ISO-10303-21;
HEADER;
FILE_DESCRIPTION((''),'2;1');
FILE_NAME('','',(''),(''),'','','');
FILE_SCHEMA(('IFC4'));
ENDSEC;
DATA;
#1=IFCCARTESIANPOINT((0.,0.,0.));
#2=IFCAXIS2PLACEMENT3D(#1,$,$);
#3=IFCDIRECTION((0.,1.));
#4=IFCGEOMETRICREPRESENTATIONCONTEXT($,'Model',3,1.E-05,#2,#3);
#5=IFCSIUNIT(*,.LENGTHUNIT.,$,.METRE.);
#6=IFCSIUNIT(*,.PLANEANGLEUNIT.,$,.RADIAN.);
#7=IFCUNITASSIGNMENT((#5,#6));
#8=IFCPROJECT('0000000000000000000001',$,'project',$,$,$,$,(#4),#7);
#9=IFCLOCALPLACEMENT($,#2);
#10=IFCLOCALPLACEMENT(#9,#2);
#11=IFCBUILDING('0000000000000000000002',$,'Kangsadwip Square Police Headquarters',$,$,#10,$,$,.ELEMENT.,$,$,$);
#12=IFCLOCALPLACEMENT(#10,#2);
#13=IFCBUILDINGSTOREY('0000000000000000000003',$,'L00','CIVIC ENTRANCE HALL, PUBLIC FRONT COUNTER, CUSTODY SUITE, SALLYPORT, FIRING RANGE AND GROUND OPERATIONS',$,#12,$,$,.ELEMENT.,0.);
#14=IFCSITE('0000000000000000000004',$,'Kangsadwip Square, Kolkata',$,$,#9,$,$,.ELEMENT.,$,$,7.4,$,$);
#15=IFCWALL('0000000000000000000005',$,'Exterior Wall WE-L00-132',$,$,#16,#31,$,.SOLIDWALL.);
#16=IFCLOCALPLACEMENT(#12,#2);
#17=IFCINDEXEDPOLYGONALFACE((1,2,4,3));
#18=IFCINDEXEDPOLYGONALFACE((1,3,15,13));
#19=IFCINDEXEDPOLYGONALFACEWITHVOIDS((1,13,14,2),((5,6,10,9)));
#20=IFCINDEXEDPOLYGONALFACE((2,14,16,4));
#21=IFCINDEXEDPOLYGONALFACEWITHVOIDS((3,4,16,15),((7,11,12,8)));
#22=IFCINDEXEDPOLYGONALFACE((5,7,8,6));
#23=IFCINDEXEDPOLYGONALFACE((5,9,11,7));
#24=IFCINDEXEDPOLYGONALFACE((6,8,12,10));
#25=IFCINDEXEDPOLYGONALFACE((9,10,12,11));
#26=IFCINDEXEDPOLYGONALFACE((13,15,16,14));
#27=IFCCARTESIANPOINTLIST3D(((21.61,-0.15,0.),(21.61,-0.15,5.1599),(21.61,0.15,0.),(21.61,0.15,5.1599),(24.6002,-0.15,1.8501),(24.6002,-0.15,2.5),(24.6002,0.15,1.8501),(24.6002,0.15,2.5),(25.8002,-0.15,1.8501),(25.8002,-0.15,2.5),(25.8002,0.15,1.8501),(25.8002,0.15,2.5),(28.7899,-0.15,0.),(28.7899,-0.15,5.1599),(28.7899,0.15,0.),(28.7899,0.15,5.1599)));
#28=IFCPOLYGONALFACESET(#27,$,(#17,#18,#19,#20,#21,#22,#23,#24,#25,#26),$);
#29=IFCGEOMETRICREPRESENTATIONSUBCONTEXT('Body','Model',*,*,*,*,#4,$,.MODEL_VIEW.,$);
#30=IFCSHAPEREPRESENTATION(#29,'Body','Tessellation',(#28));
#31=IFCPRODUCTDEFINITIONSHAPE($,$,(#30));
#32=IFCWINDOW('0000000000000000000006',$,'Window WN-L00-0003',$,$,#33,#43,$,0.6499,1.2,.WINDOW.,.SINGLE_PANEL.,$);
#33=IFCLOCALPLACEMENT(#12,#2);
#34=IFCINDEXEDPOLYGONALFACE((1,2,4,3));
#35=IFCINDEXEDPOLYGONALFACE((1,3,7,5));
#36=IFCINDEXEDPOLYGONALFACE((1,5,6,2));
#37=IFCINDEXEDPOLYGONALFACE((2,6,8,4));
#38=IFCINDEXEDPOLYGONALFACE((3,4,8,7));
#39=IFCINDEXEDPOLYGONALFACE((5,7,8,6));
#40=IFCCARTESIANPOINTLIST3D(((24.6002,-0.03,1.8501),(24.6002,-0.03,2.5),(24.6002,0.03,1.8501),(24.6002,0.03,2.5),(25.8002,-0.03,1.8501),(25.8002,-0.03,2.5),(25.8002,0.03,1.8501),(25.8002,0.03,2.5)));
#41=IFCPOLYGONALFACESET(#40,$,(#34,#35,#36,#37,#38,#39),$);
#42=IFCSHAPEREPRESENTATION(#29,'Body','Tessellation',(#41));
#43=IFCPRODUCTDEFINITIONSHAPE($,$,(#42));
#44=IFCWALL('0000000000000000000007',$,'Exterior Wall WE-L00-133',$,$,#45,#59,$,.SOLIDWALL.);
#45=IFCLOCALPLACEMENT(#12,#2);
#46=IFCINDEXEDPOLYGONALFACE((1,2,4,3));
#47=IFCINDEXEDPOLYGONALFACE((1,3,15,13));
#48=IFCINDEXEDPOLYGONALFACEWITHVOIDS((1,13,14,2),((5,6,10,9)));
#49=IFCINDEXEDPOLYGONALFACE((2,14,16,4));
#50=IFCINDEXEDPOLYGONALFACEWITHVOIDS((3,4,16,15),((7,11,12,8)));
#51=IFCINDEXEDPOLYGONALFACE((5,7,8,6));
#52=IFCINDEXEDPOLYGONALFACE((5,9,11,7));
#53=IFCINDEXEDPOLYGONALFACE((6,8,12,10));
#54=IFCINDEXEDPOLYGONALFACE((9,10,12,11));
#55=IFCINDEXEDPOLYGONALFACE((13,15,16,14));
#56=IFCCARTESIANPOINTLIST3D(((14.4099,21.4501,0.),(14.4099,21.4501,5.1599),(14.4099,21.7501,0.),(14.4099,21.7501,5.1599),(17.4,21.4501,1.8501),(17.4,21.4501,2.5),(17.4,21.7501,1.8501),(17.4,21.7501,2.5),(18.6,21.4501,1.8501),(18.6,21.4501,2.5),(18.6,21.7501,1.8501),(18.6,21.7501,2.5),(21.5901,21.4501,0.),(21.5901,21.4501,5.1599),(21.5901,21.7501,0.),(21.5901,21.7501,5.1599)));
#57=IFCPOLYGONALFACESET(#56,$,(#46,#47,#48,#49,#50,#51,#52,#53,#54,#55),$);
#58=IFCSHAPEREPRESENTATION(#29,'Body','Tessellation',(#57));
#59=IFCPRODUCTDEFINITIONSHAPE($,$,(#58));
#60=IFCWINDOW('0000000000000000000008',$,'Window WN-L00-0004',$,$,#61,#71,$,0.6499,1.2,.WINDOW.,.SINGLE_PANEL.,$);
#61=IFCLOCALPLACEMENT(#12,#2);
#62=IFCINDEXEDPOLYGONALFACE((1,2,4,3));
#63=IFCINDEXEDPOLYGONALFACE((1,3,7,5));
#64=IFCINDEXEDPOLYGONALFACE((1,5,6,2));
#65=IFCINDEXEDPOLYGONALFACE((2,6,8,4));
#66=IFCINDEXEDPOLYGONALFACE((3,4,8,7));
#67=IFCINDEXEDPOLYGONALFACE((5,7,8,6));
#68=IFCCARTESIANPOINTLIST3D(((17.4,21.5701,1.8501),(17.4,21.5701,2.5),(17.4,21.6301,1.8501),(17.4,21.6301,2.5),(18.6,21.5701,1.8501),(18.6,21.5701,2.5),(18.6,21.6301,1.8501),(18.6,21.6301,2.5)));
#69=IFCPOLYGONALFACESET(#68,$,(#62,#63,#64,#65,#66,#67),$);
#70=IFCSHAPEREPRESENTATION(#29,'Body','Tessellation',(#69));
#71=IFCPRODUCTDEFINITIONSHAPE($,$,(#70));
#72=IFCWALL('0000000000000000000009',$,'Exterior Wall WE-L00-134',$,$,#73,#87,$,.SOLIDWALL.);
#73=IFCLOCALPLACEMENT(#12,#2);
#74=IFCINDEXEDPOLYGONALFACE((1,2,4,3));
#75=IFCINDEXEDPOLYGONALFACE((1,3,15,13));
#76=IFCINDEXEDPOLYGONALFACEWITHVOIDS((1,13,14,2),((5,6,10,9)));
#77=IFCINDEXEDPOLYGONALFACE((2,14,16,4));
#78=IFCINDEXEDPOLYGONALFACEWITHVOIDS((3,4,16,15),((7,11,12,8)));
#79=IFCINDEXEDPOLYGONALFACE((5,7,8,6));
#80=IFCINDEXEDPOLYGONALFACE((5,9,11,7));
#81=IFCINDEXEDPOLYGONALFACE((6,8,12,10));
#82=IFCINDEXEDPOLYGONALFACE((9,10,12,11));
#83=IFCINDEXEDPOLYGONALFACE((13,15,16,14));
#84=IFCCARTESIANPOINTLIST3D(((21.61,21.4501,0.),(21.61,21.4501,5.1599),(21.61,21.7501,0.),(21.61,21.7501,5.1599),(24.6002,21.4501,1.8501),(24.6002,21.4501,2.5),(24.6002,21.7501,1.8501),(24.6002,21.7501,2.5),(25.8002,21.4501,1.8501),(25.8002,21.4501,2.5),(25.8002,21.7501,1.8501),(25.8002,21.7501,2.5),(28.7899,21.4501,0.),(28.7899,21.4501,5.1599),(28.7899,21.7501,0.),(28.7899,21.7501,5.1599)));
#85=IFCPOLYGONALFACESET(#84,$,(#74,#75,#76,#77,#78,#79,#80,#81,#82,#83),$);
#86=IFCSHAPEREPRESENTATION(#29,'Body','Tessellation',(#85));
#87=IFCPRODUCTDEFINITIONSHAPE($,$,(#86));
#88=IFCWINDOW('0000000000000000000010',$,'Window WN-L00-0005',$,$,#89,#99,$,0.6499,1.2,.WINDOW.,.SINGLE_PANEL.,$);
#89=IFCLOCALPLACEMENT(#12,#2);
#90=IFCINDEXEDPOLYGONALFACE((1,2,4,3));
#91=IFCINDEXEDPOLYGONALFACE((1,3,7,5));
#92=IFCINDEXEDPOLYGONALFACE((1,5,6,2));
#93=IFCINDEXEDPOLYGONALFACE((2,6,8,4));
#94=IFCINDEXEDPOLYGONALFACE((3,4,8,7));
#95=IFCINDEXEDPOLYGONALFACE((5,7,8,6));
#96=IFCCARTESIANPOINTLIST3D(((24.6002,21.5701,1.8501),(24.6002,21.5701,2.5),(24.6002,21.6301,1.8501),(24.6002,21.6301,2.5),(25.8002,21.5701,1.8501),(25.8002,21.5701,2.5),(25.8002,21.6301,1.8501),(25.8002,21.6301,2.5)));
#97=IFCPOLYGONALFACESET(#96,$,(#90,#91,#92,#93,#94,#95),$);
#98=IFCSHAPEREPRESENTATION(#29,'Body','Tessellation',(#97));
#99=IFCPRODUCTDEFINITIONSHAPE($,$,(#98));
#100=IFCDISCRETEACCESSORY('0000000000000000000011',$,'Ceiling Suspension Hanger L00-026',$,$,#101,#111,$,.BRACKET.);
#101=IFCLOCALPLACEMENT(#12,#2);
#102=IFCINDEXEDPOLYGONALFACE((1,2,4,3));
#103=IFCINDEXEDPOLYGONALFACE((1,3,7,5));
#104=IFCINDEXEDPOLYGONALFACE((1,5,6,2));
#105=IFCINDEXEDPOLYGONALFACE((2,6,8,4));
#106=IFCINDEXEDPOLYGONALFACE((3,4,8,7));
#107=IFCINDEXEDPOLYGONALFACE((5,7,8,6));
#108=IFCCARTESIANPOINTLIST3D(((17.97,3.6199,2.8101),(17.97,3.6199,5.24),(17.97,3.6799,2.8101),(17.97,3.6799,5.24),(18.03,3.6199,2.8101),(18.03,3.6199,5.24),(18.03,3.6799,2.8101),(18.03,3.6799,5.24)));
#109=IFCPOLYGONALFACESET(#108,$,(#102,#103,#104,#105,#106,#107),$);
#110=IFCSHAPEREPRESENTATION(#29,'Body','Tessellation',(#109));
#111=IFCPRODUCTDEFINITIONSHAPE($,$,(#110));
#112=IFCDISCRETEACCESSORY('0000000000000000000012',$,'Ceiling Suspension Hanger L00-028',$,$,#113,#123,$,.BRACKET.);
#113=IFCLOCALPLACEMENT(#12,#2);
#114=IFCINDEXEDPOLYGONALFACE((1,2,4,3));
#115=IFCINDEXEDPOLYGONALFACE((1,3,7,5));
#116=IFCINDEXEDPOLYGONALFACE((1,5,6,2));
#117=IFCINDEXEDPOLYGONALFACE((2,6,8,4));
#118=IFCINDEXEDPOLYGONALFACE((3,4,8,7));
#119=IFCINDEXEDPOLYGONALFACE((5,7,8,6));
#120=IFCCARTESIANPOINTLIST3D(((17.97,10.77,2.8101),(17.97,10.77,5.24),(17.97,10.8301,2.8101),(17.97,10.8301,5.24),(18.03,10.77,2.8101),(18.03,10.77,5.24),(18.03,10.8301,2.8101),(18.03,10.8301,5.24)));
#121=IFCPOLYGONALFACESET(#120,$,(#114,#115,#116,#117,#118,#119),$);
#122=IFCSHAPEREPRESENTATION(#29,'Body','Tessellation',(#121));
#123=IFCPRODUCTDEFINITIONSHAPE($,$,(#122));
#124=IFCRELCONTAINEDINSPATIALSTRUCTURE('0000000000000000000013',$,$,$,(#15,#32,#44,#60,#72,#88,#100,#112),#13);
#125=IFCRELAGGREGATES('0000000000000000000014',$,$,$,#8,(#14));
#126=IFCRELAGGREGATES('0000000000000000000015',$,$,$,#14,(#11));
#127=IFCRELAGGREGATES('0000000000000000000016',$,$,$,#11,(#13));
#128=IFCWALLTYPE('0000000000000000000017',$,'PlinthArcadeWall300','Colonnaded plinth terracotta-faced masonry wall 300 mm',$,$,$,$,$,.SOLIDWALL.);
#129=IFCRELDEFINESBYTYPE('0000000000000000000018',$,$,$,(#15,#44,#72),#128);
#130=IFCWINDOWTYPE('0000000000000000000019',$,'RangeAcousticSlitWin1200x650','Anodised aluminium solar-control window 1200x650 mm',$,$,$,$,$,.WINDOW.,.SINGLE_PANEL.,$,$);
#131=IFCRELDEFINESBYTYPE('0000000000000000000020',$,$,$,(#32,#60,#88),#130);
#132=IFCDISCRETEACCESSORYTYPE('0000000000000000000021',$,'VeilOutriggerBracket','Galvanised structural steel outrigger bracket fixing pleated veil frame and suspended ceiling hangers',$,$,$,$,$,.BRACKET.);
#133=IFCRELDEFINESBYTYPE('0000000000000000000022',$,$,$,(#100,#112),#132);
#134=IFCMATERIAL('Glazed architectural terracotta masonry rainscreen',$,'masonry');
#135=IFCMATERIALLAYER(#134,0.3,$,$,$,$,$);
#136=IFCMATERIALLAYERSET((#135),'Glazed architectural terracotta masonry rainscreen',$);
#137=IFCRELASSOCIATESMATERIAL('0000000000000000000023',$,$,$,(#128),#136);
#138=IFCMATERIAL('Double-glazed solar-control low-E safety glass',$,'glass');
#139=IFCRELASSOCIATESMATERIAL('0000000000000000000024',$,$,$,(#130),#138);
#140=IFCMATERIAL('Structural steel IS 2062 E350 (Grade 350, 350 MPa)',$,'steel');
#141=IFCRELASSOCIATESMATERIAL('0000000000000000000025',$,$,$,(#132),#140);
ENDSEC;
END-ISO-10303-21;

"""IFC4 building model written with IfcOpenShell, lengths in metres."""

from ifc_helpers import new_model, si_unit, direction, frame, frame_2d, origin, origin_2d, place, context, subcontext, project, spatial, rectangle, extrude, material, layer, layer_set, type_object, element, fill, save


model = new_model("IFC4")

# Units and contexts
model_context = context("Model", 3, precision=1e-05, world=origin(), true_north=direction((0.0, 1.0)))
body_context = subcontext(model_context, "Body", "Model", "MODEL_VIEW")
ifc_project = project(units=[si_unit("LENGTHUNIT", "METRE"), si_unit("PLANEANGLEUNIT", "RADIAN")], contexts=[model_context])

# Site, building, storey
site_placement = place(None, origin())
site = spatial("IfcSite", under=ifc_project, at=site_placement, Name="Kangsadwip Square, Kolkata", CompositionType="ELEMENT", RefElevation=7.4)
building_placement = place(site_placement, origin())
building = spatial("IfcBuilding", under=site, at=building_placement, Name="Kangsadwip Square Police Headquarters", CompositionType="ELEMENT")
storey_placement = place(building_placement, origin())
storey = spatial("IfcBuildingStorey", under=building, at=storey_placement, Name="L00", Description="CIVIC ENTRANCE HALL, PUBLIC FRONT COUNTER, CUSTODY SUITE, SALLYPORT, FIRING RANGE AND GROUND OPERATIONS", CompositionType="ELEMENT", Elevation=0.0)

# Walls, openings, windows
ifc_material_1 = material(Name="Glazed architectural terracotta masonry rainscreen", Category="masonry")
ifc_layer = layer(ifc_material_1, 0.3)
ifc_layer_set = layer_set([ifc_layer], Name="Glazed architectural terracotta masonry rainscreen")
wall_type = type_object("IfcWallType", Name="PlinthArcadeWall300", Description="Colonnaded plinth terracotta-faced masonry wall 300 mm", PredefinedType="SOLIDWALL", material=ifc_layer_set)
ifc_material_2 = material(Name="Double-glazed solar-control low-E safety glass", Category="glass")
window_type = type_object("IfcWindowType", Name="RangeAcousticSlitWin1200x650", Description="Anodised aluminium solar-control window 1200x650 mm", PartitioningType="SINGLE_PANEL", PredefinedType="WINDOW", material=ifc_material_2)
wall_1_placement = place(storey_placement, frame((21.6101, 0.0, 0.0), z_axis=(0.0, 0.0, 1.0), x_axis=(1.0, 0.0, 0.0)))
wall_1 = element("IfcWall", 1, at=wall_1_placement, inside=storey, type_object=wall_type, Name="Exterior Wall WE-L00-132", PredefinedType="SOLIDWALL", context=body_context, shape_type="SweptSolid", body=[
    extrude(rectangle(XDim=7.1799, YDim=0.3, at=frame_2d((3.5898, 0.0))), origin(), (0.0, 0.0, 1.0), 5.1599),
])
opening_1_placement = place(wall_1_placement, frame((2.99, 0.0, 1.8501)))
opening_1 = element("IfcOpeningElement", 2, at=opening_1_placement, cuts=wall_1, PredefinedType="OPENING", context=body_context, shape_type="SweptSolid", body=[
    extrude(rectangle(XDim=1.2, YDim=0.6499, at=frame_2d((0.6001, 0.325))), frame((0.0, 0.1599, 0.0), z_axis=(0.0, -1.0, 0.0), x_axis=(1.0, 0.0, 0.0)), (0.0, 0.0, 1.0), 0.3201),
])
window_1_placement = place(opening_1_placement, origin())
window_1 = element("IfcWindow", 3, at=window_1_placement, inside=storey, type_object=window_type, Name="Window WN-L00-0003", OverallHeight=0.6499, OverallWidth=1.2, PartitioningType="SINGLE_PANEL", PredefinedType="WINDOW", context=body_context, shape_type="SweptSolid", body=[
    extrude(rectangle(XDim=1.2, YDim=0.6499, at=frame_2d((0.6001, 0.325))), frame((0.0, 0.03, 0.0), z_axis=(0.0, -1.0, 0.0), x_axis=(1.0, 0.0, 0.0)), (0.0, 0.0, 1.0), 0.0601),
])
fill(opening_1, window_1)
wall_2_placement = place(storey_placement, frame((14.4099, 21.6001, 0.0), z_axis=(0.0, 0.0, 1.0), x_axis=(1.0, 0.0, 0.0)))
wall_2 = element("IfcWall", 4, at=wall_2_placement, inside=storey, type_object=wall_type, Name="Exterior Wall WE-L00-133", PredefinedType="SOLIDWALL", context=body_context, shape_type="SweptSolid", body=[
    extrude(rectangle(XDim=7.1802, YDim=0.3, at=frame_2d((3.5901, 0.0))), origin(), (0.0, 0.0, 1.0), 5.1599),
])
opening_2_placement = place(wall_2_placement, frame((2.99, 0.0, 1.8501)))
opening_2 = element("IfcOpeningElement", 5, at=opening_2_placement, cuts=wall_2, PredefinedType="OPENING", context=body_context, shape_type="SweptSolid", body=[
    extrude(rectangle(XDim=1.2, YDim=0.6499, at=frame_2d((0.6001, 0.325))), frame((0.0, 0.1599, 0.0), z_axis=(0.0, -1.0, 0.0), x_axis=(1.0, 0.0, 0.0)), (0.0, 0.0, 1.0), 0.3201),
])
window_2_placement = place(opening_2_placement, origin())
window_2 = element("IfcWindow", 6, at=window_2_placement, inside=storey, type_object=window_type, Name="Window WN-L00-0004", OverallHeight=0.6499, OverallWidth=1.2, PartitioningType="SINGLE_PANEL", PredefinedType="WINDOW", context=body_context, shape_type="SweptSolid", body=[
    extrude(rectangle(XDim=1.2, YDim=0.6499, at=frame_2d((0.6001, 0.325))), frame((0.0, 0.03, 0.0), z_axis=(0.0, -1.0, 0.0), x_axis=(1.0, 0.0, 0.0)), (0.0, 0.0, 1.0), 0.0601),
])
fill(opening_2, window_2)
wall_3_placement = place(storey_placement, frame((21.6101, 21.6001, 0.0), z_axis=(0.0, 0.0, 1.0), x_axis=(1.0, 0.0, 0.0)))
wall_3 = element("IfcWall", 7, at=wall_3_placement, inside=storey, type_object=wall_type, Name="Exterior Wall WE-L00-134", PredefinedType="SOLIDWALL", context=body_context, shape_type="SweptSolid", body=[
    extrude(rectangle(XDim=7.1799, YDim=0.3, at=frame_2d((3.5898, 0.0))), origin(), (0.0, 0.0, 1.0), 5.1599),
])
opening_3_placement = place(wall_3_placement, frame((2.99, 0.0, 1.8501)))
opening_3 = element("IfcOpeningElement", 8, at=opening_3_placement, cuts=wall_3, PredefinedType="OPENING", context=body_context, shape_type="SweptSolid", body=[
    extrude(rectangle(XDim=1.2, YDim=0.6499, at=frame_2d((0.6001, 0.325))), frame((0.0, 0.1599, 0.0), z_axis=(0.0, -1.0, 0.0), x_axis=(1.0, 0.0, 0.0)), (0.0, 0.0, 1.0), 0.3201),
])
window_3_placement = place(opening_3_placement, origin())
window_3 = element("IfcWindow", 9, at=window_3_placement, inside=storey, type_object=window_type, Name="Window WN-L00-0005", OverallHeight=0.6499, OverallWidth=1.2, PartitioningType="SINGLE_PANEL", PredefinedType="WINDOW", context=body_context, shape_type="SweptSolid", body=[
    extrude(rectangle(XDim=1.2, YDim=0.6499, at=frame_2d((0.6001, 0.325))), frame((0.0, 0.03, 0.0), z_axis=(0.0, -1.0, 0.0), x_axis=(1.0, 0.0, 0.0)), (0.0, 0.0, 1.0), 0.0601),
])
fill(opening_3, window_3)

# Discrete accessories
ifc_material_3 = material(Name="Structural steel IS 2062 E350 (Grade 350, 350 MPa)", Category="steel")
discrete_accessory_type = type_object("IfcDiscreteAccessoryType", Name="VeilOutriggerBracket", Description="Galvanised structural steel outrigger bracket fixing pleated veil frame and suspended ceiling hangers", PredefinedType="BRACKET", material=ifc_material_3)
for number, where, z_axis, x_axis, name in (
    (10, (18.0, 3.6499, 2.8101), (0.0, 0.0, 1.0), (1.0, 0.0, 0.0), "Ceiling Suspension Hanger L00-026"),
    (11, (18.0, 10.8, 2.8101), (0.0, 0.0, 1.0), (1.0, 0.0, 0.0), "Ceiling Suspension Hanger L00-028"),
):
    element("IfcDiscreteAccessory", number, at=place(storey_placement, frame(where, z_axis=z_axis, x_axis=x_axis)), inside=storey, type_object=discrete_accessory_type, Name=name, PredefinedType="BRACKET", context=body_context, shape_type="SweptSolid", body=[
        extrude(rectangle(XDim=0.0601, YDim=0.0601, at=origin_2d()), origin(), (0.0, 0.0, 1.0), 2.4299),
    ])

save(model, "model.ifc")
